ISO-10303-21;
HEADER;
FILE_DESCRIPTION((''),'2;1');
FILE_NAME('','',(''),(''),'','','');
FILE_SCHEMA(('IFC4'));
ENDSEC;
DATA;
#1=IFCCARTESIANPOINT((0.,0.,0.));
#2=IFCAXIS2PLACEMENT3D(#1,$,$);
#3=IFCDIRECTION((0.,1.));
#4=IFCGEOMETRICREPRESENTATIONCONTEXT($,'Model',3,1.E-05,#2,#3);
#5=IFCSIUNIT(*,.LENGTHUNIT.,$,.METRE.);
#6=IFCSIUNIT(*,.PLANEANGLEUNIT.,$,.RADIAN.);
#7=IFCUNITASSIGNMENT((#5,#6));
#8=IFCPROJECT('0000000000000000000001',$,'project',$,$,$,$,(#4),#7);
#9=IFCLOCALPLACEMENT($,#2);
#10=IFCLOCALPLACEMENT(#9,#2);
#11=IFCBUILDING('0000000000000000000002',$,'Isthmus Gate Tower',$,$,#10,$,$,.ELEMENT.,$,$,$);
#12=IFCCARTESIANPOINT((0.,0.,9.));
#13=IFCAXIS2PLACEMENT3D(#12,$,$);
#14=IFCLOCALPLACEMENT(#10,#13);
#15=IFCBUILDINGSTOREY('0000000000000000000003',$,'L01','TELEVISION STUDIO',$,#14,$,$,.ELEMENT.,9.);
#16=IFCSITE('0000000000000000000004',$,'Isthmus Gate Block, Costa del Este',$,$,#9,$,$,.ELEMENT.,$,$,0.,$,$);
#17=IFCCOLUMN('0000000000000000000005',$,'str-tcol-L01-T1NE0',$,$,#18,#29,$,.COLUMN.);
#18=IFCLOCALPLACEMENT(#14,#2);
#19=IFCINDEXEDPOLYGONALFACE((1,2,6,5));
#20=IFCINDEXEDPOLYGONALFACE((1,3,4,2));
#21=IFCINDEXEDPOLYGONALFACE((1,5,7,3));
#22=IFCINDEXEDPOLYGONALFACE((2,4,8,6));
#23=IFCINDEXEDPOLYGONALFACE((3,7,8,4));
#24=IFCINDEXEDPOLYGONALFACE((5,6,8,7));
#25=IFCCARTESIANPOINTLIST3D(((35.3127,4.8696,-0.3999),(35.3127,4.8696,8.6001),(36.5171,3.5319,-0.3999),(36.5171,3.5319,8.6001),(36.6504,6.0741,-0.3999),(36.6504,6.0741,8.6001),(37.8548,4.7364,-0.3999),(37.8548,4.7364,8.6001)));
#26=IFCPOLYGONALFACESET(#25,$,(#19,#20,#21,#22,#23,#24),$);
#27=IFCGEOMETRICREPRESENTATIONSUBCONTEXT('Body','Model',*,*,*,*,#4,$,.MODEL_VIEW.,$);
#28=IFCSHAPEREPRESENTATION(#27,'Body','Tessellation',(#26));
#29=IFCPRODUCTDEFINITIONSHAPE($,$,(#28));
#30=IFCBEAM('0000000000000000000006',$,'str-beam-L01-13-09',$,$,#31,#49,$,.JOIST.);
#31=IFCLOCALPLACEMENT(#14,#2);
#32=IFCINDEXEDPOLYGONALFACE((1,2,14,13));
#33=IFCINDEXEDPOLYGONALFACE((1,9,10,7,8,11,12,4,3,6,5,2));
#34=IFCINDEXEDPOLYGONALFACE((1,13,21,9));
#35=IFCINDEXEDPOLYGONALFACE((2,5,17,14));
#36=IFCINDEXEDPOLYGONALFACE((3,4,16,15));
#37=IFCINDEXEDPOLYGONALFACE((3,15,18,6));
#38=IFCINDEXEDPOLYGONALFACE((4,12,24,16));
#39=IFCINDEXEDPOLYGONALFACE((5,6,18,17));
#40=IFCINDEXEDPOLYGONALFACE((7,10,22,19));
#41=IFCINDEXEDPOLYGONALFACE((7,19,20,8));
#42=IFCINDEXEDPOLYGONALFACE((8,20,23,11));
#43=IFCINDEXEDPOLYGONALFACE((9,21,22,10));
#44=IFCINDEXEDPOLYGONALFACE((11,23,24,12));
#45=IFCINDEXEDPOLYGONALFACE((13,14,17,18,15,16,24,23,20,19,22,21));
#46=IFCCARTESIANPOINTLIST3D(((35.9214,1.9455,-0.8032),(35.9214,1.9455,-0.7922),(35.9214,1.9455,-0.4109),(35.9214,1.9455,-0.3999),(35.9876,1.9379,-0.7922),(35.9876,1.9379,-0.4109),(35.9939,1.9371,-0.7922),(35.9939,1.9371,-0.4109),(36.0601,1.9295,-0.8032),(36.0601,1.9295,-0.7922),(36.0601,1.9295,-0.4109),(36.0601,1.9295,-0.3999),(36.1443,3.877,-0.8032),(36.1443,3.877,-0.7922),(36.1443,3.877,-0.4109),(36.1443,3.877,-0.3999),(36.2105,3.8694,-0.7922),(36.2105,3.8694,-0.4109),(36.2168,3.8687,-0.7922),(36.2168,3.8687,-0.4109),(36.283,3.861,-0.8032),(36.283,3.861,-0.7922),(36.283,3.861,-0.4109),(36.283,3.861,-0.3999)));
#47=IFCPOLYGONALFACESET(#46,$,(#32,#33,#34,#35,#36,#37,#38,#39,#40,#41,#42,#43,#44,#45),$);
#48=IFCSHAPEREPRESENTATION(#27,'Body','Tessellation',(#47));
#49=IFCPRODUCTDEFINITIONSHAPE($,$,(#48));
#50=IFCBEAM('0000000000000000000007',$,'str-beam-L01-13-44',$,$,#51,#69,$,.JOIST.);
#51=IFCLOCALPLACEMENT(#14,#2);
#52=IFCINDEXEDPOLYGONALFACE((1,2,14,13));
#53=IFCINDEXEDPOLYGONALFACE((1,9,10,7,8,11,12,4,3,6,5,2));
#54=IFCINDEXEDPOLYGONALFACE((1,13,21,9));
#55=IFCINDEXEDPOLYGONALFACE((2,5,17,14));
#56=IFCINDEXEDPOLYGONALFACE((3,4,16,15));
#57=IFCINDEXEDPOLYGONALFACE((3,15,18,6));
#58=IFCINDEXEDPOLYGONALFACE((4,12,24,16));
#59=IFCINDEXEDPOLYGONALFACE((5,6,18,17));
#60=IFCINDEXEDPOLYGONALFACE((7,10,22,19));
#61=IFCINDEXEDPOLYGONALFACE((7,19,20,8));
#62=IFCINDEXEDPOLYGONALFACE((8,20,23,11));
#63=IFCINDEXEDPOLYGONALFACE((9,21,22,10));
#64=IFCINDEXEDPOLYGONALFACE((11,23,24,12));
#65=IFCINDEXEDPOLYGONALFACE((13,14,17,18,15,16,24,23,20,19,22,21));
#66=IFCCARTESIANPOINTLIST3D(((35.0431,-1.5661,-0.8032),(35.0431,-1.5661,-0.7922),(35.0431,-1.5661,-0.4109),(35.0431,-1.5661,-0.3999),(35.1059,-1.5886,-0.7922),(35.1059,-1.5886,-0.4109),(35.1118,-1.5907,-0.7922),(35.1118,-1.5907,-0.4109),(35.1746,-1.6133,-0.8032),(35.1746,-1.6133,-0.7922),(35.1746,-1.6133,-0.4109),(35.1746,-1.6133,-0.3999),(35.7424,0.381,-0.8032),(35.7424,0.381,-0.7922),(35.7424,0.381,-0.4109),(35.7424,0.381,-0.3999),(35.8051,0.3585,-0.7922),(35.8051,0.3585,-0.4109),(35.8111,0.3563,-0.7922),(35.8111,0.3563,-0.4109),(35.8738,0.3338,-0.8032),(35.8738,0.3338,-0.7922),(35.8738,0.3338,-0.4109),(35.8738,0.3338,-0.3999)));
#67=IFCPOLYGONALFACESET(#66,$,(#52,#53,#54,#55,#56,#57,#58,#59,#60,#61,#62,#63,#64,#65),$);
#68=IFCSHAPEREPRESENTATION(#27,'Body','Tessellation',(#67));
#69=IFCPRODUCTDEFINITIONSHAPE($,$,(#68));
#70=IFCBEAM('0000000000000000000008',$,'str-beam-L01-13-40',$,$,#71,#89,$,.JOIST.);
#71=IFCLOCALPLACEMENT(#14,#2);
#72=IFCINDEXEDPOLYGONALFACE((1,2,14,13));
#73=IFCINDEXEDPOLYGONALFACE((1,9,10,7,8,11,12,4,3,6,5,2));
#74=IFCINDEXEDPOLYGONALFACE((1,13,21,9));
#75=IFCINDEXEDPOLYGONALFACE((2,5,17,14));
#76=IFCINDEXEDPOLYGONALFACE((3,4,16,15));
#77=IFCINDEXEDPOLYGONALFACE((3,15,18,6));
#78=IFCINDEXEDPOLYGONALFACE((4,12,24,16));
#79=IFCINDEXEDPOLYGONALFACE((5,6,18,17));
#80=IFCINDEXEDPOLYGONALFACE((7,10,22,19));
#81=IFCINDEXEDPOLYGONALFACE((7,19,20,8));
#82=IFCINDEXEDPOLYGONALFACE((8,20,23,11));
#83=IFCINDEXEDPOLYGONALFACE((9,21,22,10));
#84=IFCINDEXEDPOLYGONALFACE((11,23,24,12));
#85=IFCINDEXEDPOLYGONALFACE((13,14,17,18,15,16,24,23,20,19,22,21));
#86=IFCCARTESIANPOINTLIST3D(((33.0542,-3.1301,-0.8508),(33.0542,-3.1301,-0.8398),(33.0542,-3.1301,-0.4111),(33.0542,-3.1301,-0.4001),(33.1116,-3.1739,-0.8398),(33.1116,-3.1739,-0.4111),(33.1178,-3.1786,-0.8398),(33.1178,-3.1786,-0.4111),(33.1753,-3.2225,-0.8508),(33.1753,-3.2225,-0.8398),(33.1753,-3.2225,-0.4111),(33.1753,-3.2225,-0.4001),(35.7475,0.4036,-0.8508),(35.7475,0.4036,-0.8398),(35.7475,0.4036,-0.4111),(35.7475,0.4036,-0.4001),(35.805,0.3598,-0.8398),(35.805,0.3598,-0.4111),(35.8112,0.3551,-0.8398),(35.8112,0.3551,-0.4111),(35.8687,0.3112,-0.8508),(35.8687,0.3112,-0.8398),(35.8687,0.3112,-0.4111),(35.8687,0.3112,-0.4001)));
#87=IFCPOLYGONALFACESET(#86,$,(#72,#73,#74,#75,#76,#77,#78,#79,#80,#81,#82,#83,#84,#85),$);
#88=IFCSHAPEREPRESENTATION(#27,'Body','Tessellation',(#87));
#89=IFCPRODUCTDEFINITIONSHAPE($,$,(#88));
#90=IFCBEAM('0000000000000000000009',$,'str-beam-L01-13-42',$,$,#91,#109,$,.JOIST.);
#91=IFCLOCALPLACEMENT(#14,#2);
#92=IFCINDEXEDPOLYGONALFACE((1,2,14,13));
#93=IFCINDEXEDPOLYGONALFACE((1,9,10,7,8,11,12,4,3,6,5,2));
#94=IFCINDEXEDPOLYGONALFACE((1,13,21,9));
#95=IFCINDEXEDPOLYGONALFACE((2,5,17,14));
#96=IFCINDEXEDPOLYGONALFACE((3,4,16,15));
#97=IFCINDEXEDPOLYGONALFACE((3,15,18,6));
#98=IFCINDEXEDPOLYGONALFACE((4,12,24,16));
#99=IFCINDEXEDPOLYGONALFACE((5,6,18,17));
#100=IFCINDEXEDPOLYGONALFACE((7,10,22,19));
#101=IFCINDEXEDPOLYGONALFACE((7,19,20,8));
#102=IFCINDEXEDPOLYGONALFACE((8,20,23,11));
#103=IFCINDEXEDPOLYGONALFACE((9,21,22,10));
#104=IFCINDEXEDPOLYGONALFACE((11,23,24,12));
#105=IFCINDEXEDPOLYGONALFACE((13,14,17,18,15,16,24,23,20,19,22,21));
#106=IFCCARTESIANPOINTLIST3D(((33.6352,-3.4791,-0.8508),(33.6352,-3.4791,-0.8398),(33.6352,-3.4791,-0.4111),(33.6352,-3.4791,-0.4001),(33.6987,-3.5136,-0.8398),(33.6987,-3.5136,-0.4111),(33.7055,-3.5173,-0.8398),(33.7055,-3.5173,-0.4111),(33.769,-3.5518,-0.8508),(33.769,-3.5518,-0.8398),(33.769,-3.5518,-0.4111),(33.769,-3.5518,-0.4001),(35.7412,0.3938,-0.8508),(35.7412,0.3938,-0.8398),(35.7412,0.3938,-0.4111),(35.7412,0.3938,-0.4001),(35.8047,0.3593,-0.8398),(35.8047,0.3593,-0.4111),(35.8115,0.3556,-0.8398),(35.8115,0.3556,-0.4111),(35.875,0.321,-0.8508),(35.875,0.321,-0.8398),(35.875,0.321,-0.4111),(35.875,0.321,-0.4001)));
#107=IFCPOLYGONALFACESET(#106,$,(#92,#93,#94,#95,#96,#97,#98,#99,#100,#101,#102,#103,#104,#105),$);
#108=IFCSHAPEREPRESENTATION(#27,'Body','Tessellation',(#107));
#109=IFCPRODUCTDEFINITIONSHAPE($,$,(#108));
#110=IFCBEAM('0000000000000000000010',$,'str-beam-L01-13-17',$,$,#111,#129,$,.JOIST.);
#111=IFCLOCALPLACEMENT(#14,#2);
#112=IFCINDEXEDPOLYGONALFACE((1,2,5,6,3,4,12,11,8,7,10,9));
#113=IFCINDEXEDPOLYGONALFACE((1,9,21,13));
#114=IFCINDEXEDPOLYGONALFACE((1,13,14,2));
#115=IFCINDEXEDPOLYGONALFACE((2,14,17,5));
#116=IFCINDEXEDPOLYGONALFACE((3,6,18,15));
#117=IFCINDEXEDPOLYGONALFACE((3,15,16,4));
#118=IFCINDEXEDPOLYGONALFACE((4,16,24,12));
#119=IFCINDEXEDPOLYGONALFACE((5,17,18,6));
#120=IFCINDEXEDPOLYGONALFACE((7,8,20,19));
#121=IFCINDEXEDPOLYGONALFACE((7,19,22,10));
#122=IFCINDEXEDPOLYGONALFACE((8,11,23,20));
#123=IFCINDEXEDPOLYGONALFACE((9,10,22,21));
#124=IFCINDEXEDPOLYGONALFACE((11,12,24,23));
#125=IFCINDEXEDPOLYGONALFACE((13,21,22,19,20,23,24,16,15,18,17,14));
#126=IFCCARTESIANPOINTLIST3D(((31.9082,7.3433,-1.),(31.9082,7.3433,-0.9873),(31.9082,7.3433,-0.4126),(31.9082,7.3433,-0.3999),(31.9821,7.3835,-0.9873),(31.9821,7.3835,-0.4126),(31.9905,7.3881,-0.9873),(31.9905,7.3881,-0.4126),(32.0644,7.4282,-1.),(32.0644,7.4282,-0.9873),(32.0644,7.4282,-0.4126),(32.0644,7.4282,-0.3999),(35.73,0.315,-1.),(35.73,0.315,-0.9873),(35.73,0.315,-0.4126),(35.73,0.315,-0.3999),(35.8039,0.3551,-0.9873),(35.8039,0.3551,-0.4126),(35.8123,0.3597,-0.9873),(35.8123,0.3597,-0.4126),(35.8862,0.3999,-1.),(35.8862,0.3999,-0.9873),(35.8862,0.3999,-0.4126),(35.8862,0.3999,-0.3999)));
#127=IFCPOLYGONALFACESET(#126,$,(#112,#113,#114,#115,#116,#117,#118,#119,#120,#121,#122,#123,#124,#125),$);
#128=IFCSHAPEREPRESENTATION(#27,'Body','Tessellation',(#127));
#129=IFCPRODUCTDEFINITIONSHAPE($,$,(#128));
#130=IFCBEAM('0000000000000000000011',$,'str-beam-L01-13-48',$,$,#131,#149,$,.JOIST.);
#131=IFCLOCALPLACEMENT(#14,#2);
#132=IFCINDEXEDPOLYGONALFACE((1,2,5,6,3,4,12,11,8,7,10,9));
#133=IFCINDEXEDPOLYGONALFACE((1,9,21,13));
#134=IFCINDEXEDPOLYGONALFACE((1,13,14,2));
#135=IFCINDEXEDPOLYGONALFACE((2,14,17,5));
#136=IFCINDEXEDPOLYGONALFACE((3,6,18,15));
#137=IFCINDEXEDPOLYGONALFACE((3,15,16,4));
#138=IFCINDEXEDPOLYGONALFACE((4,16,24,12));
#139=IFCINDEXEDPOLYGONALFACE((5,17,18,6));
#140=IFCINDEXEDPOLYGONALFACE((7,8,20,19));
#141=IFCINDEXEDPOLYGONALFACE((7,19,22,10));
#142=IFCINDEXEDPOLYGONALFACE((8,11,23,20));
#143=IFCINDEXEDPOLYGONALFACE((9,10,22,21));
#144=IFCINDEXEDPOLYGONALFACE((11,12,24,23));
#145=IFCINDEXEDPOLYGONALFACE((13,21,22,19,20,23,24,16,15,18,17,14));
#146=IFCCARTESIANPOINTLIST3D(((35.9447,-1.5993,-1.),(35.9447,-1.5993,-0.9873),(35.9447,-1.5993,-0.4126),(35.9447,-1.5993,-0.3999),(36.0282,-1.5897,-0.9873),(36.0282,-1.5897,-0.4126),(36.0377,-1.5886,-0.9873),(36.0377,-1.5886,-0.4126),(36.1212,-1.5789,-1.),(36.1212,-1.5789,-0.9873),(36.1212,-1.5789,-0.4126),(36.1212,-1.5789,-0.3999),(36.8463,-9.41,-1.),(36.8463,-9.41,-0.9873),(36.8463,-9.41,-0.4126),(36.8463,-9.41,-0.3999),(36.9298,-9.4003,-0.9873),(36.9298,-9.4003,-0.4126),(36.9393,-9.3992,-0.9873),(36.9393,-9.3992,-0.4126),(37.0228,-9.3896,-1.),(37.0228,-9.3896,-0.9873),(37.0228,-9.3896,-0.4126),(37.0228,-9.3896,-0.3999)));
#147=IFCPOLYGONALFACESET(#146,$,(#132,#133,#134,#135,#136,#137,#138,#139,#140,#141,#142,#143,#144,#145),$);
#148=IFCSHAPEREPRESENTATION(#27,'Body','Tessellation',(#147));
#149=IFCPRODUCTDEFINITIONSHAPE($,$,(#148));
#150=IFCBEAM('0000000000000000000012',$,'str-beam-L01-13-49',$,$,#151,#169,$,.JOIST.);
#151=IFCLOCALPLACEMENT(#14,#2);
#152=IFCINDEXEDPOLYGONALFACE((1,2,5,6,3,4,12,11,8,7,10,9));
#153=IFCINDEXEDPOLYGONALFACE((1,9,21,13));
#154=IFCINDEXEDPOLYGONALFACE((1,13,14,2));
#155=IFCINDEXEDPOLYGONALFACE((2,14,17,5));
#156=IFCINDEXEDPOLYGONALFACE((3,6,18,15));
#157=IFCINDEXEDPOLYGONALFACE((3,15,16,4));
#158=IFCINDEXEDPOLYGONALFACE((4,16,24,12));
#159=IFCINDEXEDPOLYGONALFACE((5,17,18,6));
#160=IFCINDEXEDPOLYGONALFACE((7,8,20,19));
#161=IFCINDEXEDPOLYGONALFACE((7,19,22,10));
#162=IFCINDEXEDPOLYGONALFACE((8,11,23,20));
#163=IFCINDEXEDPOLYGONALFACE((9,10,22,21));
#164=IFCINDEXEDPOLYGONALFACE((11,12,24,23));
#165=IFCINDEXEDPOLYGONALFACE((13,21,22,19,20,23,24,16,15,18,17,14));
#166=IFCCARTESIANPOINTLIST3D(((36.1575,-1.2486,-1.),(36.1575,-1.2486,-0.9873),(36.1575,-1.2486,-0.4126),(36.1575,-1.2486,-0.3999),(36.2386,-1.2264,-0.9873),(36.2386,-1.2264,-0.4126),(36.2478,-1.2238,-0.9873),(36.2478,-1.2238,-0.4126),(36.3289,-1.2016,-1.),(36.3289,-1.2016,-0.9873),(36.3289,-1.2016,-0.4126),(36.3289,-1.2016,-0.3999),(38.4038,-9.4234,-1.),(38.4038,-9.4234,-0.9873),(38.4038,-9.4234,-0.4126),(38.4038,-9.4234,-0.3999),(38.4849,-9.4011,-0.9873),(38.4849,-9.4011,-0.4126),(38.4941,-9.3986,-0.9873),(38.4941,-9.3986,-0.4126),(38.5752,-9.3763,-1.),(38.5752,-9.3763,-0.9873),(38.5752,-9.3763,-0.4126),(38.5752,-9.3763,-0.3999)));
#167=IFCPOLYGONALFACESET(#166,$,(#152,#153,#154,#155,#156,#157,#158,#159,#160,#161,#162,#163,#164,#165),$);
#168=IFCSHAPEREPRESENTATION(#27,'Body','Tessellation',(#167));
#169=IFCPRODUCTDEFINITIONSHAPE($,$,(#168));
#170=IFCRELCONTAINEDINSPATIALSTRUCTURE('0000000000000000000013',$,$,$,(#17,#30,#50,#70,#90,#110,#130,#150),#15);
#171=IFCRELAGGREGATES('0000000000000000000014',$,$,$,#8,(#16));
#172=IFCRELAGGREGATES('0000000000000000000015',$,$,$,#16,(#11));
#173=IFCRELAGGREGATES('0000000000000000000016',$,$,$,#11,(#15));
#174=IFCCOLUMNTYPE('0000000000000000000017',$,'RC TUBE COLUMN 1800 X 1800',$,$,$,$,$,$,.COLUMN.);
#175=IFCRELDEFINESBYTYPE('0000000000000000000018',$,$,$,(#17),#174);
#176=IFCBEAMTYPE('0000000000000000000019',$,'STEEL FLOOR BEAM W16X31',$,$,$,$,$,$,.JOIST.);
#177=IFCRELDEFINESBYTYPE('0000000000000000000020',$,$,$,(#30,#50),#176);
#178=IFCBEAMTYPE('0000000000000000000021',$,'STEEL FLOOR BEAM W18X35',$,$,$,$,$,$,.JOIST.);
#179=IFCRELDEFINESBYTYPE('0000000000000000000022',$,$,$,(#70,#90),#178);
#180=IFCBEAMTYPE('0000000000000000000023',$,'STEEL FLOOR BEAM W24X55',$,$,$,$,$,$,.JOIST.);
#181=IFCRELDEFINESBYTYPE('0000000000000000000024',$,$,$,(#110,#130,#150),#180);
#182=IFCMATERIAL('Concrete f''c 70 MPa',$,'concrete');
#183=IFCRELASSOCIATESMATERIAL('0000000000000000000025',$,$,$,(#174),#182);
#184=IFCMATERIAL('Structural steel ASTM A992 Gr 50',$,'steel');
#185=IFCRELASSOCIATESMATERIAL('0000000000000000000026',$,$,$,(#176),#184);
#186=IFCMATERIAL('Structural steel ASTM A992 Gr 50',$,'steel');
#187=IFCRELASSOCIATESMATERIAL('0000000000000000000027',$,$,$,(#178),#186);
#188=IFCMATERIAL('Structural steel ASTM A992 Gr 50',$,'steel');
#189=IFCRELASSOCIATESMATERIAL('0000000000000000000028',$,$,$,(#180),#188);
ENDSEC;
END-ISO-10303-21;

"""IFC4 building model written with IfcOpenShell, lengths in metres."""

from ifc_helpers import new_model, si_unit, direction, frame, origin, origin_2d, place, context, subcontext, project, spatial, rectangle, i_section, extrude, material, material_profile, profile_set, type_object, element, save


model = new_model("IFC4")

# Units and contexts
model_context = context("Model", 3, precision=1e-05, world=origin(), true_north=direction((0.0, 1.0)))
body_context = subcontext(model_context, "Body", "Model", "MODEL_VIEW")
ifc_project = project(units=[si_unit("LENGTHUNIT", "METRE"), si_unit("PLANEANGLEUNIT", "RADIAN")], contexts=[model_context])

# Site, building, storey
site_placement = place(None, origin())
site = spatial("IfcSite", under=ifc_project, at=site_placement, Name="Isthmus Gate Block, Costa del Este", CompositionType="ELEMENT", RefElevation=0.0)
building_placement = place(site_placement, origin())
building = spatial("IfcBuilding", under=site, at=building_placement, Name="Isthmus Gate Tower", CompositionType="ELEMENT")
storey_placement = place(building_placement, frame((0.0, 0.0, 9.0)))
storey = spatial("IfcBuildingStorey", under=building, at=storey_placement, Name="L01", Description="TELEVISION STUDIO", CompositionType="ELEMENT", Elevation=9.0)

# Column
ifc_material_1 = material(Name="Concrete f'c 70 MPa", Category="concrete")
ifc_material_profile_1 = material_profile(ifc_material_1, rectangle(XDim=1.8, YDim=1.8, at=origin_2d()), Name="RC 1800X1800")
ifc_profile_set_1 = profile_set([ifc_material_profile_1], Name="Concrete f'c 70 MPa")
column_type = type_object("IfcColumnType", Name="RC TUBE COLUMN 1800 X 1800", PredefinedType="COLUMN", material=ifc_profile_set_1)
column_placement = place(storey_placement, frame((36.5837, 4.803, -0.3999), z_axis=(0.0, 0.0, 1.0), x_axis=(-0.669131, 0.743145, 0.0)))
element("IfcColumn", 1, at=column_placement, inside=storey, type_object=column_type, Name="str-tcol-L01-T1NE0", PredefinedType="COLUMN", context=body_context, shape_type="SweptSolid", body=[
    extrude(rectangle(XDim=1.8, YDim=1.8, at=origin_2d()), origin(), (0.0, 0.0, 1.0), 9.0),
])

# Beams
ifc_material_2 = material(Name="Structural steel ASTM A992 Gr 50", Category="steel")
ifc_material_profile_2 = material_profile(ifc_material_2, i_section(OverallWidth=0.1396, OverallDepth=0.4033, WebThickness=0.0063, FlangeThickness=0.011, at=origin_2d()), Name="W16X31")
ifc_profile_set_2 = profile_set([ifc_material_profile_2], Name="Structural steel ASTM A992 Gr 50")
beam_type_1 = type_object("IfcBeamType", Name="STEEL FLOOR BEAM W16X31", PredefinedType="JOIST", material=ifc_profile_set_2)
beam_1_placement = place(storey_placement, frame((35.9907, 1.9375, -0.6016), z_axis=(0.114648, 0.993406, 0.0), x_axis=(-0.993406, 0.114648, 0.0)))
element("IfcBeam", 2, at=beam_1_placement, inside=storey, type_object=beam_type_1, Name="str-beam-L01-13-09", PredefinedType="JOIST", context=body_context, shape_type="SweptSolid", body=[
    extrude(i_section(OverallWidth=0.1396, OverallDepth=0.4033, WebThickness=0.0063, FlangeThickness=0.011, at=origin_2d()), origin(), (0.0, 0.0, 1.0), 1.9443),
])
beam_2_placement = place(storey_placement, frame((35.8081, 0.3574, -0.6016), z_axis=(-0.337988, -0.94115, 0.0), x_axis=(0.94115, -0.337988, 0.0)))
element("IfcBeam", 3, at=beam_2_placement, inside=storey, type_object=beam_type_1, Name="str-beam-L01-13-44", PredefinedType="JOIST", context=body_context, shape_type="SweptSolid", body=[
    extrude(i_section(OverallWidth=0.1396, OverallDepth=0.4033, WebThickness=0.0063, FlangeThickness=0.011, at=origin_2d()), origin(), (0.0, 0.0, 1.0), 2.0688),
])
ifc_material_3 = material(Name="Structural steel ASTM A992 Gr 50", Category="steel")
ifc_material_profile_3 = material_profile(ifc_material_3, i_section(OverallWidth=0.1523, OverallDepth=0.4507, WebThickness=0.0078, FlangeThickness=0.011, at=origin_2d()), Name="W18X35")
ifc_profile_set_3 = profile_set([ifc_material_profile_3], Name="Structural steel ASTM A992 Gr 50")
beam_type_2 = type_object("IfcBeamType", Name="STEEL FLOOR BEAM W18X35", PredefinedType="JOIST", material=ifc_profile_set_3)
beam_3_placement = place(storey_placement, frame((35.8081, 0.3574, -0.6255), z_axis=(-0.606189, -0.795321, 0.0), x_axis=(0.795321, -0.606189, 0.0)))
element("IfcBeam", 4, at=beam_3_placement, inside=storey, type_object=beam_type_2, Name="str-beam-L01-13-40", PredefinedType="JOIST", context=body_context, shape_type="SweptSolid", body=[
    extrude(i_section(OverallWidth=0.1523, OverallDepth=0.4507, WebThickness=0.0078, FlangeThickness=0.011, at=origin_2d()), origin(), (0.0, 0.0, 1.0), 4.4431),
])
beam_4_placement = place(storey_placement, frame((35.8081, 0.3574, -0.6255), z_axis=(-0.477719, -0.878513, 0.0), x_axis=(0.878513, -0.477719, 0.0)))
element("IfcBeam", 5, at=beam_4_placement, inside=storey, type_object=beam_type_2, Name="str-beam-L01-13-42", PredefinedType="JOIST", context=body_context, shape_type="SweptSolid", body=[
    extrude(i_section(OverallWidth=0.1523, OverallDepth=0.4507, WebThickness=0.0078, FlangeThickness=0.011, at=origin_2d()), origin(), (0.0, 0.0, 1.0), 4.4084),
])
ifc_material_4 = material(Name="Structural steel ASTM A992 Gr 50", Category="steel")
ifc_material_profile_4 = material_profile(ifc_material_4, i_section(OverallWidth=0.1777, OverallDepth=0.6001, WebThickness=0.0095, FlangeThickness=0.0127, at=origin_2d()), Name="W24X55")
ifc_profile_set_4 = profile_set([ifc_material_profile_4], Name="Structural steel ASTM A992 Gr 50")
beam_type_3 = type_object("IfcBeamType", Name="STEEL FLOOR BEAM W24X55", PredefinedType="JOIST", material=ifc_profile_set_4)
beam_5_placement = place(storey_placement, frame((35.8081, 0.3574, -0.7), z_axis=(-0.47771, 0.878518, 0.0), x_axis=(-0.878518, -0.47771, 0.0)))
element("IfcBeam", 6, at=beam_5_placement, inside=storey, type_object=beam_type_3, Name="str-beam-L01-13-17", PredefinedType="JOIST", context=body_context, shape_type="SweptSolid", body=[
    extrude(i_section(OverallWidth=0.1777, OverallDepth=0.6001, WebThickness=0.0095, FlangeThickness=0.0127, at=origin_2d()), origin(), (0.0, 0.0, 1.0), 8.0002),
])
beam_6_placement = place(storey_placement, frame((36.033, -1.5891, -0.7), z_axis=(0.11467, -0.993404, 0.0), x_axis=(0.993404, 0.11467, 0.0)))
element("IfcBeam", 7, at=beam_6_placement, inside=storey, type_object=beam_type_3, Name="str-beam-L01-13-48", PredefinedType="JOIST", context=body_context, shape_type="SweptSolid", body=[
    extrude(i_section(OverallWidth=0.1777, OverallDepth=0.6001, WebThickness=0.0095, FlangeThickness=0.0127, at=origin_2d()), origin(), (0.0, 0.0, 1.0), 7.8625),
])
beam_7_placement = place(storey_placement, frame((36.2432, -1.2251, -0.7), z_axis=(0.264966, -0.964258, 0.0), x_axis=(0.964258, 0.264966, 0.0)))
element("IfcBeam", 8, at=beam_7_placement, inside=storey, type_object=beam_type_3, Name="str-beam-L01-13-49", PredefinedType="JOIST", context=body_context, shape_type="SweptSolid", body=[
    extrude(i_section(OverallWidth=0.1777, OverallDepth=0.6001, WebThickness=0.0095, FlangeThickness=0.0127, at=origin_2d()), origin(), (0.0, 0.0, 1.0), 8.4778),
])

save(model, "model.ifc")
